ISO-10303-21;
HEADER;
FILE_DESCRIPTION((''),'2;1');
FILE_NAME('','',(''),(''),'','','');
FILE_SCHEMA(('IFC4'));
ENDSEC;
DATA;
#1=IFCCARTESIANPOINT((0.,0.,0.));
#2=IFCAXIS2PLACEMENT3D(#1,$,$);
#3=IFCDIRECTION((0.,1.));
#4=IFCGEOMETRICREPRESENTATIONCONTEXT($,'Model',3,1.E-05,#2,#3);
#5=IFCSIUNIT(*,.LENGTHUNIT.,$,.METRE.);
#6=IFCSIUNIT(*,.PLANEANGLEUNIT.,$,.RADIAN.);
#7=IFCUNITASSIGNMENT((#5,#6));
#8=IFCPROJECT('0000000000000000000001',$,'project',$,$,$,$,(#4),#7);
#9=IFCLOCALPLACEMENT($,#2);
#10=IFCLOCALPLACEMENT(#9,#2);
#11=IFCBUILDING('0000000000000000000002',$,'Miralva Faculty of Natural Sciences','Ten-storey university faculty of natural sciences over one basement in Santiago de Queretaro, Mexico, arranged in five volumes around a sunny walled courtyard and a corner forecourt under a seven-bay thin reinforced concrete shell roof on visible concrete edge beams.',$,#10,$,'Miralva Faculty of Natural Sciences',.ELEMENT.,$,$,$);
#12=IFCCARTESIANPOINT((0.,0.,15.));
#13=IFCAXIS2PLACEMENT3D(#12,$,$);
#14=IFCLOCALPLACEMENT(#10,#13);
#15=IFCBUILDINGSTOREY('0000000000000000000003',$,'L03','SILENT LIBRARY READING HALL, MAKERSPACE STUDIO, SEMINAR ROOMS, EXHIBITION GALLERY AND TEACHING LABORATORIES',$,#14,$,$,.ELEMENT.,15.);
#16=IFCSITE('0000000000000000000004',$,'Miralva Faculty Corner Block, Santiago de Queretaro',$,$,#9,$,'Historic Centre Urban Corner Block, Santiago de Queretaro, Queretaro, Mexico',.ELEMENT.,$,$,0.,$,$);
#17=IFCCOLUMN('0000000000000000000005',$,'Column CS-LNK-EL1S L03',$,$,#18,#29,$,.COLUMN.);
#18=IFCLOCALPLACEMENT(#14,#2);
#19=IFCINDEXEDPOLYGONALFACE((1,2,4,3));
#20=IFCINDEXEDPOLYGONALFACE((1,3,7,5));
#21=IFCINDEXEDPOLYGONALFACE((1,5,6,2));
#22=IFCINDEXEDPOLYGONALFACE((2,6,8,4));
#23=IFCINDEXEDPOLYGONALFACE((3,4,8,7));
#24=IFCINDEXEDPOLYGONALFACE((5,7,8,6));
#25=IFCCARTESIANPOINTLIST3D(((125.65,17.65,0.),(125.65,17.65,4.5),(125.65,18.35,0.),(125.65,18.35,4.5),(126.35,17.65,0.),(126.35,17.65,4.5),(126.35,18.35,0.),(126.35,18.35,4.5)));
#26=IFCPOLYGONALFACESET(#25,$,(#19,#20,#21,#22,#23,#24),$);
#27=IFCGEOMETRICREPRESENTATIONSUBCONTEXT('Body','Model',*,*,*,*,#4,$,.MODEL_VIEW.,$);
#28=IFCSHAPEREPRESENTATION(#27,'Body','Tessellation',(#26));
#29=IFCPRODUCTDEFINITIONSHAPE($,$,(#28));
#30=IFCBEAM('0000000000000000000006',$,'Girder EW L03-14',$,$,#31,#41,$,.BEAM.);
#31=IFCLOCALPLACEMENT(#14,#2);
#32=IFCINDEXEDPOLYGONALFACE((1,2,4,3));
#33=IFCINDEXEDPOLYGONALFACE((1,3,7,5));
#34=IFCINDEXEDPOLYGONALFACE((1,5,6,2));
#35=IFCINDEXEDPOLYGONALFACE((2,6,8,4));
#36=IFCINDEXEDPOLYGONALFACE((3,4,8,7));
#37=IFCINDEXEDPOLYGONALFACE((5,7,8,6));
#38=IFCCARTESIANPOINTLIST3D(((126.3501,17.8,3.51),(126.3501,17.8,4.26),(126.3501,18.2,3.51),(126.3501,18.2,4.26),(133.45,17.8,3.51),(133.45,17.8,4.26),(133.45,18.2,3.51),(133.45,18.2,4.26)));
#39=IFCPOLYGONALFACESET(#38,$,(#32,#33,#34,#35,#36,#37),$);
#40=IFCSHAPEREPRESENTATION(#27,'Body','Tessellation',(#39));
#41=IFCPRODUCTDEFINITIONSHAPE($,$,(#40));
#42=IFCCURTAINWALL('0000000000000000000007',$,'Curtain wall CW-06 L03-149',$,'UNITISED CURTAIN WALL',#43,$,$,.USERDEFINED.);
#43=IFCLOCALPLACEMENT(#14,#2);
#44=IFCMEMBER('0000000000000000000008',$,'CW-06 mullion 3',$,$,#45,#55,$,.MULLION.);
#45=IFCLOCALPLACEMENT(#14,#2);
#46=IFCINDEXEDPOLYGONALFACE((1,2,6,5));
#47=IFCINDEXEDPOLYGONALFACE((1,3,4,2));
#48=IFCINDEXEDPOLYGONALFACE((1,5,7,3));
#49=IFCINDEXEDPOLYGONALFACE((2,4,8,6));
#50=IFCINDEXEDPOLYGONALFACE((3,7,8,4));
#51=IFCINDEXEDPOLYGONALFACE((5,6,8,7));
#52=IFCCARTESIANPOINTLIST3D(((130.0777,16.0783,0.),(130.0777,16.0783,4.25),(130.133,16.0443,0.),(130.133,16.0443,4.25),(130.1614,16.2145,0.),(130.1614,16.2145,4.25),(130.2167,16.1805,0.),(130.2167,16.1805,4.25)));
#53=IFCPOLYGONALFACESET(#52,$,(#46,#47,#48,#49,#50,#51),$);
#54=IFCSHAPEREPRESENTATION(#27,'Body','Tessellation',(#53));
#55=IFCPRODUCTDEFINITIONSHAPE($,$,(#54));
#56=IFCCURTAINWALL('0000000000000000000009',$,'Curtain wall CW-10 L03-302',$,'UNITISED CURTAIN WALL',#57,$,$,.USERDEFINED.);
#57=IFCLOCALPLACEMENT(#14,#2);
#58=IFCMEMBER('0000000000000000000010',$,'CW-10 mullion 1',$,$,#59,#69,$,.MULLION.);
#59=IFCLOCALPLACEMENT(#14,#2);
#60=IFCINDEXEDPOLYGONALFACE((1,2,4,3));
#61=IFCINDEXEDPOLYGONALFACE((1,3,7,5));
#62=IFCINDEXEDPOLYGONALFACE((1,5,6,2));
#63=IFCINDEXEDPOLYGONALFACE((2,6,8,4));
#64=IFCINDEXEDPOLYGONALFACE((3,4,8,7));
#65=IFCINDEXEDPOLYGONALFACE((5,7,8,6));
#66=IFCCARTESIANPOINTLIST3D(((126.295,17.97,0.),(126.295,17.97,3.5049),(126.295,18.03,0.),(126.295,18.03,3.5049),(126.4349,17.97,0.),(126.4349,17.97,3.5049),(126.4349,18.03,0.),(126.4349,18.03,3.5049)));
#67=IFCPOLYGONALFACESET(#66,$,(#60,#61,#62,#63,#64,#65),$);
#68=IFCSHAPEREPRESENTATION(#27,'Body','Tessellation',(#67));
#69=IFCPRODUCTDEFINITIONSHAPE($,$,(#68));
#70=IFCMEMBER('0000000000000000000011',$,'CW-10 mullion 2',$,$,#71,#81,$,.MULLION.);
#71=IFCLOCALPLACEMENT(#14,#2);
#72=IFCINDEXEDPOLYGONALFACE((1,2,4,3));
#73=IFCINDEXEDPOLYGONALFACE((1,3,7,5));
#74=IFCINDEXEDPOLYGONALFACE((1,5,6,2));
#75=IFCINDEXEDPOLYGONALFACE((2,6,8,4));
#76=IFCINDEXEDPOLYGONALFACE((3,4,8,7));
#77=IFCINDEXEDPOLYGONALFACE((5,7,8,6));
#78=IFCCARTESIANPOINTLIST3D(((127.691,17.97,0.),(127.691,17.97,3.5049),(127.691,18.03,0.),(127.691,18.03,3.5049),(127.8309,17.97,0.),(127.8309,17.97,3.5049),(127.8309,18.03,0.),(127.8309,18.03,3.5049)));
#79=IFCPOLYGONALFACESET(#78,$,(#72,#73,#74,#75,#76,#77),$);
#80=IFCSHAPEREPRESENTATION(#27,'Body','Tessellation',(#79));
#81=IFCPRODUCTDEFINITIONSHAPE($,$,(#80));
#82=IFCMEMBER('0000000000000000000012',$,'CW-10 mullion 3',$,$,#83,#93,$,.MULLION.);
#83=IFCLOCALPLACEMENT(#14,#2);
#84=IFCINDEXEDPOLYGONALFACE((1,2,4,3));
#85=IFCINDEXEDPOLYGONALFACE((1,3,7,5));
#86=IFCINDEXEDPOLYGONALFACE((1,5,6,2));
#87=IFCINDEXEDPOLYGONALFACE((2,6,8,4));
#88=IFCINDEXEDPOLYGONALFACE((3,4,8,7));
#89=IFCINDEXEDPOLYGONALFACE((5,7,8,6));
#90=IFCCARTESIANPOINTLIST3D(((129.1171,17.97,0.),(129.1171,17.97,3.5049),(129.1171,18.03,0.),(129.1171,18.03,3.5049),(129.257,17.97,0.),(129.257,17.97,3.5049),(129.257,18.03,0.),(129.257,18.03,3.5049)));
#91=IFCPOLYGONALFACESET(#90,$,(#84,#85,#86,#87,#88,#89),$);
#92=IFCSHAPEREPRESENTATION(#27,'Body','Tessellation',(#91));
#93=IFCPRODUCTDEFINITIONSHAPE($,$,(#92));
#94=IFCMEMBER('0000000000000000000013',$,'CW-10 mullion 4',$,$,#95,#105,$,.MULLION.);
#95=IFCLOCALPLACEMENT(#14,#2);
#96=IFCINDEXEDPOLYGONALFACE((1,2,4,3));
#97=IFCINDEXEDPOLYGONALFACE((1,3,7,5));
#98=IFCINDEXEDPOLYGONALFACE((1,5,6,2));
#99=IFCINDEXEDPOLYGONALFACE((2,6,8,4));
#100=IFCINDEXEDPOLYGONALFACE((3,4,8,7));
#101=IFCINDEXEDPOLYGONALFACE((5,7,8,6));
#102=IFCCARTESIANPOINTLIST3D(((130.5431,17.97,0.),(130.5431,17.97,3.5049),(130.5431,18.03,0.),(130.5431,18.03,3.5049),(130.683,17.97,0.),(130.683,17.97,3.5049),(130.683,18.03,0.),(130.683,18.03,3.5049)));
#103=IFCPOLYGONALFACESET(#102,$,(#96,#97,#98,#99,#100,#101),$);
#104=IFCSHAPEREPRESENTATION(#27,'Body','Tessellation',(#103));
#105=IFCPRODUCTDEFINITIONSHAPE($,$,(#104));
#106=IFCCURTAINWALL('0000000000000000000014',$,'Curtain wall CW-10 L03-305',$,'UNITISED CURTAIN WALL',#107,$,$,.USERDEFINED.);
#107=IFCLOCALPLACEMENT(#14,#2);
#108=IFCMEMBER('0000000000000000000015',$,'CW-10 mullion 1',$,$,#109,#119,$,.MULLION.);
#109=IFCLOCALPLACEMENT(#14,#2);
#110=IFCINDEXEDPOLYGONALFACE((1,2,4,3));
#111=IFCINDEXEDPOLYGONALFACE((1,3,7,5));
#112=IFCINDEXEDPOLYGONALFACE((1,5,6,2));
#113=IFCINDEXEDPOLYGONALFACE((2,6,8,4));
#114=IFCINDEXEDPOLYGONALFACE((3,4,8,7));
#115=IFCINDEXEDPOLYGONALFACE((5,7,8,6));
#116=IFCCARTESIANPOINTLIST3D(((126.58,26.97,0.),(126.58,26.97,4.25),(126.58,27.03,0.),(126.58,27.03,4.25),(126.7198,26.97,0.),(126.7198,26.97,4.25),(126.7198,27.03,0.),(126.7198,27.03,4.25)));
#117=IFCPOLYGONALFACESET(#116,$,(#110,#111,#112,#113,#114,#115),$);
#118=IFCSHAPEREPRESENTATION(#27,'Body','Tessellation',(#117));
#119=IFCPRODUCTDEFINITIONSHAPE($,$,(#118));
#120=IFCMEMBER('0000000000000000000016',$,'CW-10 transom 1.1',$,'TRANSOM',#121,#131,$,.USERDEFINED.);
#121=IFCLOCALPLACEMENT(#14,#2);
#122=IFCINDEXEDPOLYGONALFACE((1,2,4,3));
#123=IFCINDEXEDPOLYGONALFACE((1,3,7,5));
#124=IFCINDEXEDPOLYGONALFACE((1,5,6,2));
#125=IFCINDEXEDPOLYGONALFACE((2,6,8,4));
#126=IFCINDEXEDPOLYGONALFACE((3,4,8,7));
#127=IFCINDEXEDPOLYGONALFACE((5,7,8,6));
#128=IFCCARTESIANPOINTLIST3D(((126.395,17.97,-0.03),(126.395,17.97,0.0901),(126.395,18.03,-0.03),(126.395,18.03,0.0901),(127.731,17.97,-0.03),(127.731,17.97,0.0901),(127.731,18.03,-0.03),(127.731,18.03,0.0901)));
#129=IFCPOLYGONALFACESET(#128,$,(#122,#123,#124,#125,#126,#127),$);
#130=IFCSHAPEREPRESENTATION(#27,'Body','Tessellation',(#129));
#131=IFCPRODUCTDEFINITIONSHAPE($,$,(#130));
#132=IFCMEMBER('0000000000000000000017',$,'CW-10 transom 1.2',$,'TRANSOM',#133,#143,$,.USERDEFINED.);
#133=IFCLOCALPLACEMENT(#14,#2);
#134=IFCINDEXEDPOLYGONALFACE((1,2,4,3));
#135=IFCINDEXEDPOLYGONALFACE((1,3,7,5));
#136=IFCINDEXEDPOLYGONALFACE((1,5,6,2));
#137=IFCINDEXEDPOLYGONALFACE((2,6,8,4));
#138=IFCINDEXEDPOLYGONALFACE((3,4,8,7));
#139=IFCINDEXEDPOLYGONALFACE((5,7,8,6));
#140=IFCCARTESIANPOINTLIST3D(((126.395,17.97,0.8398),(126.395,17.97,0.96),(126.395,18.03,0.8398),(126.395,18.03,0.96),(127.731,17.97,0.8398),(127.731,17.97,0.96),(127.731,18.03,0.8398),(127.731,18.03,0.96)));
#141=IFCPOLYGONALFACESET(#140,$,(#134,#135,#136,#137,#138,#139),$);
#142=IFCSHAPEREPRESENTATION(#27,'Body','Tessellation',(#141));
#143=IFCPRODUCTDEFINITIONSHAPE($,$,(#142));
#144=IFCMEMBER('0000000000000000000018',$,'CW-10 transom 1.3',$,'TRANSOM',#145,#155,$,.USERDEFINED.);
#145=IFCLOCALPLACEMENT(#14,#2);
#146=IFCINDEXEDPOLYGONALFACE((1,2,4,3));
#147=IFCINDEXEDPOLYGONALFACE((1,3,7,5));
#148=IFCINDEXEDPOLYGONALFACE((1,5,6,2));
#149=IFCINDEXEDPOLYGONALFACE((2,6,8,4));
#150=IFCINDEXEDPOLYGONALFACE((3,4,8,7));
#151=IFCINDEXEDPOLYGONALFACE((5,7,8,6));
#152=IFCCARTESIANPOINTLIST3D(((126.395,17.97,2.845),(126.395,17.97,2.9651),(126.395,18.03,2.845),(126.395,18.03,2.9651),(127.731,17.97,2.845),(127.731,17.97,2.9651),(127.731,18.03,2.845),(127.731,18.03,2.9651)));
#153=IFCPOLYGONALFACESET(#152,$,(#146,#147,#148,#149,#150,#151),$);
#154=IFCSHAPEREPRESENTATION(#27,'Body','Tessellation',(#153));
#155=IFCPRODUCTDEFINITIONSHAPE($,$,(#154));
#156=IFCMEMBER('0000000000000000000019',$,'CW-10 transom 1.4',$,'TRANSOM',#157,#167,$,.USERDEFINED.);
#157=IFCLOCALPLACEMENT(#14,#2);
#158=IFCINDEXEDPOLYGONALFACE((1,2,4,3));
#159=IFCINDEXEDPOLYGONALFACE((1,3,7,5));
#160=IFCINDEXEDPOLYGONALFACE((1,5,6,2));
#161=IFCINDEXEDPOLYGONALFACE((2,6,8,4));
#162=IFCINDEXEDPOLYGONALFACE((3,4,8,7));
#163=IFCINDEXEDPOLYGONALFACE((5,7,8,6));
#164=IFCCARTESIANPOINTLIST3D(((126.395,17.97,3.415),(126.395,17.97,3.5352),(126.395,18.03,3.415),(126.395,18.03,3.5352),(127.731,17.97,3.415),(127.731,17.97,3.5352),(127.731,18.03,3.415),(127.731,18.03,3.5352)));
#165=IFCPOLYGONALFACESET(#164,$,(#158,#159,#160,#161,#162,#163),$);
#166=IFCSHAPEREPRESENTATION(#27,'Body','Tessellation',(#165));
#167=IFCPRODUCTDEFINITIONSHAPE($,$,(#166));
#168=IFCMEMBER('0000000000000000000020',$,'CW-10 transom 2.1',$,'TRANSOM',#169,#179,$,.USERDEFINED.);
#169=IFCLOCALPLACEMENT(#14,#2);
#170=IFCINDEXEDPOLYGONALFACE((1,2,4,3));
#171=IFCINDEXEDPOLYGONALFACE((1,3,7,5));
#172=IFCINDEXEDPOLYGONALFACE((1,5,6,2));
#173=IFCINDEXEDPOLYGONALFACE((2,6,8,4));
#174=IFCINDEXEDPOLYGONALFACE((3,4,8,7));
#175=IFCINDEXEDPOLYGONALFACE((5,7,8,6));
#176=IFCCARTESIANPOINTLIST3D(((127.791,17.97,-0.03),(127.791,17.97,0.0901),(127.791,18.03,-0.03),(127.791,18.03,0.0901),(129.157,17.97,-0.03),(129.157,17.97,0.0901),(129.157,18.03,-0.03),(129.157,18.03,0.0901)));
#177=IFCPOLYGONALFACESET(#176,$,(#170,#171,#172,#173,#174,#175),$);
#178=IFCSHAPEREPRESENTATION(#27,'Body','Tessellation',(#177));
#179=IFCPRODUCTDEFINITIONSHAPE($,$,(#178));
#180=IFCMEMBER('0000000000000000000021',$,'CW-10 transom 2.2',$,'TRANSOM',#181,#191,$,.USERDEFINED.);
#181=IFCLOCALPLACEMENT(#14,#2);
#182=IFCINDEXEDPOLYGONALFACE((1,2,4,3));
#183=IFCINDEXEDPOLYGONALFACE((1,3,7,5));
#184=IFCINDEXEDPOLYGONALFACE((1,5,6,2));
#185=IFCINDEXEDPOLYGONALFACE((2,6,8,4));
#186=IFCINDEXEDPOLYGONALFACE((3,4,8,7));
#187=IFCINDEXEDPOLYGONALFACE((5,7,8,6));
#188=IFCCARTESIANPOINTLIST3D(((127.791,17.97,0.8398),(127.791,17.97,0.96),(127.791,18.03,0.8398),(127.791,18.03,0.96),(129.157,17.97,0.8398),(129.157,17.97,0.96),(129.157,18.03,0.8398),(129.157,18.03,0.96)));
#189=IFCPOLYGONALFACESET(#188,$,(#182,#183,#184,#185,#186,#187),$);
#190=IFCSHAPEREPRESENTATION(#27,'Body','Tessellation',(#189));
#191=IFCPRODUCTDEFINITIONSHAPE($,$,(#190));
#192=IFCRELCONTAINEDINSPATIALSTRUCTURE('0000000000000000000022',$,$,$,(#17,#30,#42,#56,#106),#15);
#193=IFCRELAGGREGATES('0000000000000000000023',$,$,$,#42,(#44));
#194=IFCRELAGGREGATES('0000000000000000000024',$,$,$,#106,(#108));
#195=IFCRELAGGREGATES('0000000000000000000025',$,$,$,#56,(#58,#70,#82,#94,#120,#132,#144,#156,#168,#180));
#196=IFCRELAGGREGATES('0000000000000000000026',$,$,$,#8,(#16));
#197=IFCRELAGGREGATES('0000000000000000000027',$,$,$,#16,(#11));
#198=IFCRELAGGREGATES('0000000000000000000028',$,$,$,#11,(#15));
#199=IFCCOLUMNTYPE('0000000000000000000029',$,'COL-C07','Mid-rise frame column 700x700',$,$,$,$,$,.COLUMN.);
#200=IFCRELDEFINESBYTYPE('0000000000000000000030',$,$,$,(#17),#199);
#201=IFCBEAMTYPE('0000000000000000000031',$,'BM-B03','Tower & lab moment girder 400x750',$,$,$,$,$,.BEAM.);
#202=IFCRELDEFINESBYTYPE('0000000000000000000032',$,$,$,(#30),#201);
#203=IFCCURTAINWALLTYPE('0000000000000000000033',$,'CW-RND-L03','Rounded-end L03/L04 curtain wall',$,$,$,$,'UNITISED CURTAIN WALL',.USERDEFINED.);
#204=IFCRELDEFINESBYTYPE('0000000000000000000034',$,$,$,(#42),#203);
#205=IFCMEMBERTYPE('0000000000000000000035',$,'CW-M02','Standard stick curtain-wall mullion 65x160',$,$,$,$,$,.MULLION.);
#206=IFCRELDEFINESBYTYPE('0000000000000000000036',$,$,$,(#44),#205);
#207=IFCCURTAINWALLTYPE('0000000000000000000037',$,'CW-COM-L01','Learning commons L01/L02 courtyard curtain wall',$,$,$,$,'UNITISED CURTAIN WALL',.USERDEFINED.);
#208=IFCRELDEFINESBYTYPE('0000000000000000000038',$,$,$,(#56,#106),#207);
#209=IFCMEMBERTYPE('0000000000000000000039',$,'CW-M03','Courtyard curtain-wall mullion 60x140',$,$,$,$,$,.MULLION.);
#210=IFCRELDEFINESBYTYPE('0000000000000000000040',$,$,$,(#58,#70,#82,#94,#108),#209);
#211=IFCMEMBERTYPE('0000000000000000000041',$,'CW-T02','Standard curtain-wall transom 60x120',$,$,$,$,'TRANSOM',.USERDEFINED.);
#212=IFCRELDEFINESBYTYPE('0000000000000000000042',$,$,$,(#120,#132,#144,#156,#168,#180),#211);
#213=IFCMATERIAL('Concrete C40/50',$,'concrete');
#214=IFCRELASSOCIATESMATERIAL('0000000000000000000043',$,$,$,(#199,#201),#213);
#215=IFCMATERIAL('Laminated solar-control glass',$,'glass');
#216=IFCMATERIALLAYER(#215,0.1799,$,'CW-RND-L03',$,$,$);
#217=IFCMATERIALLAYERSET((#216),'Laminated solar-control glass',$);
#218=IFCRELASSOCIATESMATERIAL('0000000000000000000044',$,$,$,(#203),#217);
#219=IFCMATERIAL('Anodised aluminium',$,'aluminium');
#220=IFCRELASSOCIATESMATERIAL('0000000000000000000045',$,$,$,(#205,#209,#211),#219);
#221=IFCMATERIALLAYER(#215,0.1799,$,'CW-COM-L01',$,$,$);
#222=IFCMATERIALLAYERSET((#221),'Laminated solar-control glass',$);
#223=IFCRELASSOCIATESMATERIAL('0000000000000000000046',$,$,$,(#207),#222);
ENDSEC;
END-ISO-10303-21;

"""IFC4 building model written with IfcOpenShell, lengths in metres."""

from ifc_helpers import new_model, si_unit, direction, frame, origin, origin_2d, place, context, subcontext, project, spatial, rectangle, extrude, material, layer, layer_set, material_profile, profile_set, type_object, element, aggregate, save


model = new_model("IFC4")

# Units and contexts
model_context = context("Model", 3, precision=1e-05, world=origin(), true_north=direction((0.0, 1.0)))
body_context = subcontext(model_context, "Body", "Model", "MODEL_VIEW")
ifc_project = project(units=[si_unit("LENGTHUNIT", "METRE"), si_unit("PLANEANGLEUNIT", "RADIAN")], contexts=[model_context])

# Site, building, storey
site_placement = place(None, origin())
site = spatial("IfcSite", under=ifc_project, at=site_placement, Name="Miralva Faculty Corner Block, Santiago de Queretaro", LongName="Historic Centre Urban Corner Block, Santiago de Queretaro, Queretaro, Mexico", CompositionType="ELEMENT", RefElevation=0.0)
building_placement = place(site_placement, origin())
building = spatial("IfcBuilding", under=site, at=building_placement, Name="Miralva Faculty of Natural Sciences", Description="Ten-storey university faculty of natural sciences over one basement in Santiago de Queretaro, Mexico, arranged in five volumes around a sunny walled courtyard and a corner forecourt under a seven-bay thin reinforced concrete shell roof on visible concrete edge beams.", LongName="Miralva Faculty of Natural Sciences", CompositionType="ELEMENT")
storey_placement = place(building_placement, frame((0.0, 0.0, 15.0)))
storey = spatial("IfcBuildingStorey", under=building, at=storey_placement, Name="L03", Description="SILENT LIBRARY READING HALL, MAKERSPACE STUDIO, SEMINAR ROOMS, EXHIBITION GALLERY AND TEACHING LABORATORIES", CompositionType="ELEMENT", Elevation=15.0)

# Column
ifc_material_1 = material(Name="Concrete C40/50", Category="concrete")
ifc_material_profile_1 = material_profile(ifc_material_1, rectangle(XDim=0.7, YDim=0.7, at=origin_2d()), Name="RC 700x700")
ifc_profile_set_1 = profile_set([ifc_material_profile_1], Name="Concrete C40/50")
column_type = type_object("IfcColumnType", Name="COL-C07", Description="Mid-rise frame column 700x700", PredefinedType="COLUMN", material=ifc_profile_set_1)
column_placement = place(storey_placement, frame((126.0, 18.0, 0.0), z_axis=(0.0, 0.0, 1.0), x_axis=(1.0, 0.0, 0.0)))
element("IfcColumn", 1, at=column_placement, inside=storey, type_object=column_type, Name="Column CS-LNK-EL1S L03", PredefinedType="COLUMN", context=body_context, shape_type="SweptSolid", body=[
    extrude(rectangle(XDim=0.7, YDim=0.7, at=origin_2d()), origin(), (0.0, 0.0, 1.0), 4.5),
])

# Beam
ifc_material_profile_2 = material_profile(ifc_material_1, rectangle(XDim=0.3999, YDim=0.75, at=origin_2d()), Name="RC 400x750")
ifc_profile_set_2 = profile_set([ifc_material_profile_2], Name="Concrete C40/50")
beam_type = type_object("IfcBeamType", Name="BM-B03", Description="Tower & lab moment girder 400x750", PredefinedType="BEAM", material=ifc_profile_set_2)
beam_placement = place(storey_placement, frame((126.3501, 18.0, 3.885), z_axis=(1.0, 0.0, 0.0), x_axis=(0.0, 1.0, 0.0)))
element("IfcBeam", 2, at=beam_placement, inside=storey, type_object=beam_type, Name="Girder EW L03-14", PredefinedType="BEAM", context=body_context, shape_type="SweptSolid", body=[
    extrude(rectangle(XDim=0.3999, YDim=0.75, at=origin_2d()), origin(), (0.0, 0.0, 1.0), 7.0999),
])

# Curtain wall, member
ifc_material_2 = material(Name="Laminated solar-control glass", Category="glass")
ifc_layer_1 = layer(ifc_material_2, 0.1799, Name="CW-RND-L03")
ifc_layer_set_1 = layer_set([ifc_layer_1], Name="Laminated solar-control glass")
curtain_wall_type_1 = type_object("IfcCurtainWallType", Name="CW-RND-L03", Description="Rounded-end L03/L04 curtain wall", ElementType="UNITISED CURTAIN WALL", PredefinedType="USERDEFINED", material=ifc_layer_set_1)
curtain_wall_1_placement = place(storey_placement, origin())
curtain_wall_1 = element("IfcCurtainWall", 3, at=curtain_wall_1_placement, inside=storey, type_object=curtain_wall_type_1, Name="Curtain wall CW-06 L03-149", ObjectType="UNITISED CURTAIN WALL", PredefinedType="USERDEFINED")
ifc_material_3 = material(Name="Anodised aluminium", Category="aluminium")
ifc_material_profile_3 = material_profile(ifc_material_3, rectangle(XDim=0.0649, YDim=0.1599, at=origin_2d()), Name="MULLION 65x160")
ifc_profile_set_3 = profile_set([ifc_material_profile_3], Name="Anodised aluminium")
member_type_1 = type_object("IfcMemberType", Name="CW-M02", Description="Standard stick curtain-wall mullion 65x160", PredefinedType="MULLION", material=ifc_profile_set_3)
member_1_placement = place(storey_placement, frame((130.1472, 16.1294, 0.0), z_axis=(0.0, 0.0, 1.0), x_axis=(-0.851995, 0.523551, 0.0)))
member_1 = element("IfcMember", 4, at=member_1_placement, type_object=member_type_1, Name="CW-06 mullion 3", PredefinedType="MULLION", context=body_context, shape_type="SweptSolid", body=[
    extrude(rectangle(XDim=0.0649, YDim=0.1599, at=origin_2d()), origin(), (0.0, 0.0, 1.0), 4.25),
])
aggregate(curtain_wall_1, [member_1])

# Curtain wall, members
ifc_layer_2 = layer(ifc_material_2, 0.1799, Name="CW-COM-L01")
ifc_layer_set_2 = layer_set([ifc_layer_2], Name="Laminated solar-control glass")
curtain_wall_type_2 = type_object("IfcCurtainWallType", Name="CW-COM-L01", Description="Learning commons L01/L02 courtyard curtain wall", ElementType="UNITISED CURTAIN WALL", PredefinedType="USERDEFINED", material=ifc_layer_set_2)
curtain_wall_2_placement = place(storey_placement, origin())
curtain_wall_2 = element("IfcCurtainWall", 5, at=curtain_wall_2_placement, inside=storey, type_object=curtain_wall_type_2, Name="Curtain wall CW-10 L03-302", ObjectType="UNITISED CURTAIN WALL", PredefinedType="USERDEFINED")
ifc_material_profile_4 = material_profile(ifc_material_3, rectangle(XDim=0.0601, YDim=0.1399, at=origin_2d()), Name="MULLION 60x140")
ifc_profile_set_4 = profile_set([ifc_material_profile_4], Name="Anodised aluminium")
member_type_2 = type_object("IfcMemberType", Name="CW-M03", Description="Courtyard curtain-wall mullion 60x140", PredefinedType="MULLION", material=ifc_profile_set_4)
member_2_placement = place(storey_placement, frame((126.365, 18.0, 0.0), z_axis=(0.0, 0.0, 1.0), x_axis=(0.0, 1.0, 0.0)))
member_2 = element("IfcMember", 6, at=member_2_placement, type_object=member_type_2, Name="CW-10 mullion 1", PredefinedType="MULLION", context=body_context, shape_type="SweptSolid", body=[
    extrude(rectangle(XDim=0.0601, YDim=0.1399, at=origin_2d()), origin(), (0.0, 0.0, 1.0), 3.5049),
])
member_3_placement = place(storey_placement, frame((127.761, 18.0, 0.0), z_axis=(0.0, 0.0, 1.0), x_axis=(0.0, 1.0, 0.0)))
member_3 = element("IfcMember", 7, at=member_3_placement, type_object=member_type_2, Name="CW-10 mullion 2", PredefinedType="MULLION", context=body_context, shape_type="SweptSolid", body=[
    extrude(rectangle(XDim=0.0601, YDim=0.1399, at=origin_2d()), origin(), (0.0, 0.0, 1.0), 3.5049),
])
member_4_placement = place(storey_placement, frame((129.187, 18.0, 0.0), z_axis=(0.0, 0.0, 1.0), x_axis=(0.0, 1.0, 0.0)))
member_4 = element("IfcMember", 8, at=member_4_placement, type_object=member_type_2, Name="CW-10 mullion 3", PredefinedType="MULLION", context=body_context, shape_type="SweptSolid", body=[
    extrude(rectangle(XDim=0.0601, YDim=0.1399, at=origin_2d()), origin(), (0.0, 0.0, 1.0), 3.5049),
])
member_5_placement = place(storey_placement, frame((130.613, 18.0, 0.0), z_axis=(0.0, 0.0, 1.0), x_axis=(0.0, 1.0, 0.0)))
member_5 = element("IfcMember", 9, at=member_5_placement, type_object=member_type_2, Name="CW-10 mullion 4", PredefinedType="MULLION", context=body_context, shape_type="SweptSolid", body=[
    extrude(rectangle(XDim=0.0601, YDim=0.1399, at=origin_2d()), origin(), (0.0, 0.0, 1.0), 3.5049),
])

# Curtain wall, member
curtain_wall_3_placement = place(storey_placement, origin())
curtain_wall_3 = element("IfcCurtainWall", 10, at=curtain_wall_3_placement, inside=storey, type_object=curtain_wall_type_2, Name="Curtain wall CW-10 L03-305", ObjectType="UNITISED CURTAIN WALL", PredefinedType="USERDEFINED")
member_6_placement = place(storey_placement, frame((126.6499, 27.0, 0.0), z_axis=(0.0, 0.0, 1.0), x_axis=(0.0, 1.0, 0.0)))
member_6 = element("IfcMember", 11, at=member_6_placement, type_object=member_type_2, Name="CW-10 mullion 1", PredefinedType="MULLION", context=body_context, shape_type="SweptSolid", body=[
    extrude(rectangle(XDim=0.0601, YDim=0.1399, at=origin_2d()), origin(), (0.0, 0.0, 1.0), 4.25),
])

# Members
ifc_material_profile_5 = material_profile(ifc_material_3, rectangle(XDim=0.0601, YDim=0.1201, at=origin_2d()), Name="TRANSOM 60x120")
ifc_profile_set_5 = profile_set([ifc_material_profile_5], Name="Anodised aluminium")
member_type_3 = type_object("IfcMemberType", Name="CW-T02", Description="Standard curtain-wall transom 60x120", ElementType="TRANSOM", PredefinedType="USERDEFINED", material=ifc_profile_set_5)
member_7_placement = place(storey_placement, frame((126.395, 18.0, 0.03), z_axis=(1.0, 0.0, 0.0), x_axis=(0.0, 1.0, 0.0)))
member_7 = element("IfcMember", 12, at=member_7_placement, type_object=member_type_3, Name="CW-10 transom 1.1", ObjectType="TRANSOM", PredefinedType="USERDEFINED", context=body_context, shape_type="SweptSolid", body=[
    extrude(rectangle(XDim=0.0601, YDim=0.1201, at=origin_2d()), origin(), (0.0, 0.0, 1.0), 1.3359),
])
member_8_placement = place(storey_placement, frame((126.395, 18.0, 0.8999), z_axis=(1.0, 0.0, 0.0), x_axis=(0.0, 1.0, 0.0)))
member_8 = element("IfcMember", 13, at=member_8_placement, type_object=member_type_3, Name="CW-10 transom 1.2", ObjectType="TRANSOM", PredefinedType="USERDEFINED", context=body_context, shape_type="SweptSolid", body=[
    extrude(rectangle(XDim=0.0601, YDim=0.1201, at=origin_2d()), origin(), (0.0, 0.0, 1.0), 1.3359),
])
member_9_placement = place(storey_placement, frame((126.395, 18.0, 2.905), z_axis=(1.0, 0.0, 0.0), x_axis=(0.0, 1.0, 0.0)))
member_9 = element("IfcMember", 14, at=member_9_placement, type_object=member_type_3, Name="CW-10 transom 1.3", ObjectType="TRANSOM", PredefinedType="USERDEFINED", context=body_context, shape_type="SweptSolid", body=[
    extrude(rectangle(XDim=0.0601, YDim=0.1201, at=origin_2d()), origin(), (0.0, 0.0, 1.0), 1.3359),
])
member_10_placement = place(storey_placement, frame((126.395, 18.0, 3.4751), z_axis=(1.0, 0.0, 0.0), x_axis=(0.0, 1.0, 0.0)))
member_10 = element("IfcMember", 15, at=member_10_placement, type_object=member_type_3, Name="CW-10 transom 1.4", ObjectType="TRANSOM", PredefinedType="USERDEFINED", context=body_context, shape_type="SweptSolid", body=[
    extrude(rectangle(XDim=0.0601, YDim=0.1201, at=origin_2d()), origin(), (0.0, 0.0, 1.0), 1.3359),
])
member_11_placement = place(storey_placement, frame((127.791, 18.0, 0.03), z_axis=(1.0, 0.0, 0.0), x_axis=(0.0, 1.0, 0.0)))
member_11 = element("IfcMember", 16, at=member_11_placement, type_object=member_type_3, Name="CW-10 transom 2.1", ObjectType="TRANSOM", PredefinedType="USERDEFINED", context=body_context, shape_type="SweptSolid", body=[
    extrude(rectangle(XDim=0.0601, YDim=0.1201, at=origin_2d()), origin(), (0.0, 0.0, 1.0), 1.366),
])
member_12_placement = place(storey_placement, frame((127.791, 18.0, 0.8999), z_axis=(1.0, 0.0, 0.0), x_axis=(0.0, 1.0, 0.0)))
member_12 = element("IfcMember", 17, at=member_12_placement, type_object=member_type_3, Name="CW-10 transom 2.2", ObjectType="TRANSOM", PredefinedType="USERDEFINED", context=body_context, shape_type="SweptSolid", body=[
    extrude(rectangle(XDim=0.0601, YDim=0.1201, at=origin_2d()), origin(), (0.0, 0.0, 1.0), 1.366),
])
aggregate(curtain_wall_3, [member_6])

aggregate(curtain_wall_2, [member_2, member_3, member_4, member_5, member_7, member_8, member_9, member_10, member_11, member_12])

save(model, "model.ifc")
